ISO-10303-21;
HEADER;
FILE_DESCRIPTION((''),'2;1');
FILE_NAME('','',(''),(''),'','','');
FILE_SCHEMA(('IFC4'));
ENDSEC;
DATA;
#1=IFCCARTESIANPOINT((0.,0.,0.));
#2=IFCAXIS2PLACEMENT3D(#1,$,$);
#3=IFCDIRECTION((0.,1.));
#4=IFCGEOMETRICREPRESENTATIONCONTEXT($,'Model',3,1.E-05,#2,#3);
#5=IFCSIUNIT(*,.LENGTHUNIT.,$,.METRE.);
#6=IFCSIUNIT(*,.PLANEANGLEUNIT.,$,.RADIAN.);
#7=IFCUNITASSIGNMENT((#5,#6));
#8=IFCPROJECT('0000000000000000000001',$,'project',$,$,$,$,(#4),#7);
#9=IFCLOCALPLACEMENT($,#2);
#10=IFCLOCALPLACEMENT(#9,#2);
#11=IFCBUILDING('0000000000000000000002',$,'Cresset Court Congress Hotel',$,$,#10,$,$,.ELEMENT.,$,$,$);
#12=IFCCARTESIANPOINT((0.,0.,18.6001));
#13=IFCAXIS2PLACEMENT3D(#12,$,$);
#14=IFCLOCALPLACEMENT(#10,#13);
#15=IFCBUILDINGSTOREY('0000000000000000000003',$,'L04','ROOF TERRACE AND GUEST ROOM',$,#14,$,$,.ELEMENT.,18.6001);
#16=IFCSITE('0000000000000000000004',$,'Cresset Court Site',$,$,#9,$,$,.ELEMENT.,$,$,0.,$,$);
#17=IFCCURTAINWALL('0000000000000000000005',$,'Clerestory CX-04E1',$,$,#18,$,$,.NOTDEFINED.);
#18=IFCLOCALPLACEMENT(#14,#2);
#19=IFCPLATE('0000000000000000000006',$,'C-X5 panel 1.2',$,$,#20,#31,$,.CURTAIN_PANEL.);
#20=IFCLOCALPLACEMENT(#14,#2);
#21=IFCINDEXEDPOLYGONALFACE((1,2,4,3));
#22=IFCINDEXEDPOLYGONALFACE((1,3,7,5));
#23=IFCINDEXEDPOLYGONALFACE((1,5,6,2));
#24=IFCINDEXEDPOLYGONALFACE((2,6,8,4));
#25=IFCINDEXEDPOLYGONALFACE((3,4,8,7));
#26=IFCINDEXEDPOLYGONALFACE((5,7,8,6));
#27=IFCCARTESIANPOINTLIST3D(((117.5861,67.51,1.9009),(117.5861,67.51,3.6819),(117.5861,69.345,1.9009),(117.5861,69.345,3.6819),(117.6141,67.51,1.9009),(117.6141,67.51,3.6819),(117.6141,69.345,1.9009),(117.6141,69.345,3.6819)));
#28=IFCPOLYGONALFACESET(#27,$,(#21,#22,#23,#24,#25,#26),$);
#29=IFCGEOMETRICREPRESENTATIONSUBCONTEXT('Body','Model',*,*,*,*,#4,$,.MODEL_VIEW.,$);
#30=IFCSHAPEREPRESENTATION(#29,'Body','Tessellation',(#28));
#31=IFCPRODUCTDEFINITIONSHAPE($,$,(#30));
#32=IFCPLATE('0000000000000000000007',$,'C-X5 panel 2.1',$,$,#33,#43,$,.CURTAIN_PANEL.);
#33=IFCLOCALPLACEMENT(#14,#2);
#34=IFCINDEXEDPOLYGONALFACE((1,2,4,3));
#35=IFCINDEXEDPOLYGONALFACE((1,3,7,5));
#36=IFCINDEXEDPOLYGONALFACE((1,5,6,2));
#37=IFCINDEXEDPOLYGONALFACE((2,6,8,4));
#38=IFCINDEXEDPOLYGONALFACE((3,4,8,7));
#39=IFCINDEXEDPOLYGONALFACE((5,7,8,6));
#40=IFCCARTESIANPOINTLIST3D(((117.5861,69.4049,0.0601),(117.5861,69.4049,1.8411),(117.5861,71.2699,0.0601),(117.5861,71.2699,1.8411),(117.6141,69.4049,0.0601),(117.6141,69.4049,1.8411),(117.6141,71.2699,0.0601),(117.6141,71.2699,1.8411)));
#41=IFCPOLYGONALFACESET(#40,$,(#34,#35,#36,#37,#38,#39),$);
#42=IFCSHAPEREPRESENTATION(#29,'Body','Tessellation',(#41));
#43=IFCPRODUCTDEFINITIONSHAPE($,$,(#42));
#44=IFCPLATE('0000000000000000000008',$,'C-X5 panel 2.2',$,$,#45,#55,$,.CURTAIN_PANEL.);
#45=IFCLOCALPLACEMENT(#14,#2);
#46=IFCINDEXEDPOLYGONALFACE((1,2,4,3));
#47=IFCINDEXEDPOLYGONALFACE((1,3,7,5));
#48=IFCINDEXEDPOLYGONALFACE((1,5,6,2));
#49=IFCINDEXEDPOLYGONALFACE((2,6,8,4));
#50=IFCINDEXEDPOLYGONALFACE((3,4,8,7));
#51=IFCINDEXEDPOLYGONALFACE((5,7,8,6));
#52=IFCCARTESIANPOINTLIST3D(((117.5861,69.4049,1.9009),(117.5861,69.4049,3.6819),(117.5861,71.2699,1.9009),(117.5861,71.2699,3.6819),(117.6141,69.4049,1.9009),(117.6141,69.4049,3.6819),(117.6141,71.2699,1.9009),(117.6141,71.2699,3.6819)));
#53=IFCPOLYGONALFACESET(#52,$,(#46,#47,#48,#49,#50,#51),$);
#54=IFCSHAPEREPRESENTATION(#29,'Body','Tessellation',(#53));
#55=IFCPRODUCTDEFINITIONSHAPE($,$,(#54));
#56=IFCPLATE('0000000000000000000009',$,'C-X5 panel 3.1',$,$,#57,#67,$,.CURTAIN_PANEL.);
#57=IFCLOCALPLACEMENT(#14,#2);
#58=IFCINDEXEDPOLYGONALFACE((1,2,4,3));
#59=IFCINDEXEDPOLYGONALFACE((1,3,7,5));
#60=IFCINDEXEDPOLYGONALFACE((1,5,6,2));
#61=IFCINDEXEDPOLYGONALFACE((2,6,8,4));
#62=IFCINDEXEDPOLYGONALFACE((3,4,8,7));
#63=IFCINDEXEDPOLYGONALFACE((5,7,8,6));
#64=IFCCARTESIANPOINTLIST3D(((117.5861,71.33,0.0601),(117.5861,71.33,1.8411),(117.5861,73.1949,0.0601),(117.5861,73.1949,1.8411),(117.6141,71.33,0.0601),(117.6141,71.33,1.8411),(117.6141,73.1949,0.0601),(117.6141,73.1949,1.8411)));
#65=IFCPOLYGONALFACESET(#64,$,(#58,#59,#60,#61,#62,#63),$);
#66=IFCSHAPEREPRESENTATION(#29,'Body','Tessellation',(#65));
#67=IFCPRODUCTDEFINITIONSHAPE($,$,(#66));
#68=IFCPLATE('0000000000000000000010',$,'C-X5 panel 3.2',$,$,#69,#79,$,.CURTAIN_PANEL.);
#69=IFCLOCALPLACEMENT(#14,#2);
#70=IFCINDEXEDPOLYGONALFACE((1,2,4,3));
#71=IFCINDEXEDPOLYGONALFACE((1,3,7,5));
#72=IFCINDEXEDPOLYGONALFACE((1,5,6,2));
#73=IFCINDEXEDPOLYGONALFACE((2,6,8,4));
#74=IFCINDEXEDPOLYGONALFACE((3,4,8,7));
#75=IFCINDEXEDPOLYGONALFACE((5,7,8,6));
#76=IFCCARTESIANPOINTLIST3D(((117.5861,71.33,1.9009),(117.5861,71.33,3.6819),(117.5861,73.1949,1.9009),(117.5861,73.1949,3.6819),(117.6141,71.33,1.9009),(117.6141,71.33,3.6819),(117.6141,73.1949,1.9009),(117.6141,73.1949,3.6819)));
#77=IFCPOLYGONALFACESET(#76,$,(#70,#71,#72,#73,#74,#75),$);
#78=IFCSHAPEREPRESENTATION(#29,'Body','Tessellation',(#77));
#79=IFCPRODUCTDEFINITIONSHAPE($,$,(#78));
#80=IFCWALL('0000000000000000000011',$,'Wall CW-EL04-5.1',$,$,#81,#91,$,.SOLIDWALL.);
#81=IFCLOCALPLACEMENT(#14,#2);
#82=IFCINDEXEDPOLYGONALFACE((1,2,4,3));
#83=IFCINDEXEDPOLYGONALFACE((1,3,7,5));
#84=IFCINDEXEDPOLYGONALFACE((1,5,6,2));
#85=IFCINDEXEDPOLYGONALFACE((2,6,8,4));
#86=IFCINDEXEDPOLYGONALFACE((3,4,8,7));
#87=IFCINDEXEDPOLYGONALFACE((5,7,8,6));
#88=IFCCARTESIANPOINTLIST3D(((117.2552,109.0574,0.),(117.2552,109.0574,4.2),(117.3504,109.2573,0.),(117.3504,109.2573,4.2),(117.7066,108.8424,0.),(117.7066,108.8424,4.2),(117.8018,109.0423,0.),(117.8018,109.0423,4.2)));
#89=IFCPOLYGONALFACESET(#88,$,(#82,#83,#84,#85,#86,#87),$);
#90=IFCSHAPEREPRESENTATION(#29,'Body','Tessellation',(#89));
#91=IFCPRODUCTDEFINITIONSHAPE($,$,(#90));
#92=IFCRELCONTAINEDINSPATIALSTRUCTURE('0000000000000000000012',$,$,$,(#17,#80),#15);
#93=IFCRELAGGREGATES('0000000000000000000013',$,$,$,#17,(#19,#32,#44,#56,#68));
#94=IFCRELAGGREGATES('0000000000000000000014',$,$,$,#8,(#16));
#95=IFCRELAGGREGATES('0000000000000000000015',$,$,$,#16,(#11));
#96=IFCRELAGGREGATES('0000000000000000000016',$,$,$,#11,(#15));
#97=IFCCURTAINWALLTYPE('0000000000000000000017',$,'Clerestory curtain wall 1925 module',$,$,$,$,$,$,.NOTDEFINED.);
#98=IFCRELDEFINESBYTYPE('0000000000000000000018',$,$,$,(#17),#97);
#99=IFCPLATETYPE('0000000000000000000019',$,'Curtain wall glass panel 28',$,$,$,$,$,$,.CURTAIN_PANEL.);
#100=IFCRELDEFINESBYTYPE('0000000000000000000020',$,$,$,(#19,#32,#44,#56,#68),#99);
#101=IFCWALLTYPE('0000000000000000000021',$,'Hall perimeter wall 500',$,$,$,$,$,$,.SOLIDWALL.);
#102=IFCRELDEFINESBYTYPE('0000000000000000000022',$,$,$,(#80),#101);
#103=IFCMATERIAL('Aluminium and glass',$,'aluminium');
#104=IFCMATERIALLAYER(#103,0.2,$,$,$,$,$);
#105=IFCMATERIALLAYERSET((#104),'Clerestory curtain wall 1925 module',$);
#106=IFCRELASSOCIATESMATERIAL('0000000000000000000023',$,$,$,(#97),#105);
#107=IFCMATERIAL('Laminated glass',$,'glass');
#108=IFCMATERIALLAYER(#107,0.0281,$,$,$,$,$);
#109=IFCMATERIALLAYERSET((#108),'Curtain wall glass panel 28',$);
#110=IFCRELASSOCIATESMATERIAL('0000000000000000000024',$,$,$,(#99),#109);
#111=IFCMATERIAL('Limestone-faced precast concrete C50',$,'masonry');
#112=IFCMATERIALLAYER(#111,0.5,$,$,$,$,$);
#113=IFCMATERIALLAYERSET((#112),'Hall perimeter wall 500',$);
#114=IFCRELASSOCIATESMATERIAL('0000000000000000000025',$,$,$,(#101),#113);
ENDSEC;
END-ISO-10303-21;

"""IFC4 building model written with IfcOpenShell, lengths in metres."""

from ifc_helpers import new_model, si_unit, direction, frame, frame_2d, origin, origin_2d, place, context, subcontext, project, spatial, rectangle, extrude, material, layer, layer_set, type_object, element, aggregate, save


model = new_model("IFC4")

# Units and contexts
model_context = context("Model", 3, precision=1e-05, world=origin(), true_north=direction((0.0, 1.0)))
body_context = subcontext(model_context, "Body", "Model", "MODEL_VIEW")
ifc_project = project(units=[si_unit("LENGTHUNIT", "METRE"), si_unit("PLANEANGLEUNIT", "RADIAN")], contexts=[model_context])

# Site, building, storey
site_placement = place(None, origin())
site = spatial("IfcSite", under=ifc_project, at=site_placement, Name="Cresset Court Site", CompositionType="ELEMENT", RefElevation=0.0)
building_placement = place(site_placement, origin())
building = spatial("IfcBuilding", under=site, at=building_placement, Name="Cresset Court Congress Hotel", CompositionType="ELEMENT")
storey_placement = place(building_placement, frame((0.0, 0.0, 18.6001)))
storey = spatial("IfcBuildingStorey", under=building, at=storey_placement, Name="L04", Description="ROOF TERRACE AND GUEST ROOM", CompositionType="ELEMENT", Elevation=18.6001)

# Curtain wall
ifc_material_1 = material(Name="Aluminium and glass", Category="aluminium")
ifc_layer_1 = layer(ifc_material_1, 0.2)
ifc_layer_set_1 = layer_set([ifc_layer_1], Name="Clerestory curtain wall 1925 module")
curtain_wall_type = type_object("IfcCurtainWallType", Name="Clerestory curtain wall 1925 module", PredefinedType="NOTDEFINED", material=ifc_layer_set_1)
curtain_wall_1_placement = place(storey_placement, origin())
curtain_wall_1 = element("IfcCurtainWall", 1, at=curtain_wall_1_placement, inside=storey, type_object=curtain_wall_type, Name="Clerestory CX-04E1", PredefinedType="NOTDEFINED")

# Plates
ifc_material_2 = material(Name="Laminated glass", Category="glass")
ifc_layer_2 = layer(ifc_material_2, 0.0281)
ifc_layer_set_2 = layer_set([ifc_layer_2], Name="Curtain wall glass panel 28")
plate_type = type_object("IfcPlateType", Name="Curtain wall glass panel 28", PredefinedType="CURTAIN_PANEL", material=ifc_layer_set_2)
plate_1_placement = place(storey_placement, frame((117.6001, 68.4275, 1.9009), z_axis=(0.0, 0.0, 1.0), x_axis=(0.0, 1.0, 0.0)))
plate_1 = element("IfcPlate", 2, at=plate_1_placement, type_object=plate_type, Name="C-X5 panel 1.2", PredefinedType="CURTAIN_PANEL", context=body_context, shape_type="SweptSolid", body=[
    extrude(rectangle(XDim=1.835, YDim=0.0281, at=origin_2d()), origin(), (0.0, 0.0, 1.0), 1.781),
])
plate_2_placement = place(storey_placement, frame((117.6001, 70.3374, 0.0601), z_axis=(0.0, 0.0, 1.0), x_axis=(0.0, 1.0, 0.0)))
plate_2 = element("IfcPlate", 3, at=plate_2_placement, type_object=plate_type, Name="C-X5 panel 2.1", PredefinedType="CURTAIN_PANEL", context=body_context, shape_type="SweptSolid", body=[
    extrude(rectangle(XDim=1.865, YDim=0.0281, at=origin_2d()), origin(), (0.0, 0.0, 1.0), 1.781),
])
plate_3_placement = place(storey_placement, frame((117.6001, 70.3374, 1.9009), z_axis=(0.0, 0.0, 1.0), x_axis=(0.0, 1.0, 0.0)))
plate_3 = element("IfcPlate", 4, at=plate_3_placement, type_object=plate_type, Name="C-X5 panel 2.2", PredefinedType="CURTAIN_PANEL", context=body_context, shape_type="SweptSolid", body=[
    extrude(rectangle(XDim=1.865, YDim=0.0281, at=origin_2d()), origin(), (0.0, 0.0, 1.0), 1.781),
])
plate_4_placement = place(storey_placement, frame((117.6001, 72.2625, 0.0601), z_axis=(0.0, 0.0, 1.0), x_axis=(0.0, 1.0, 0.0)))
plate_4 = element("IfcPlate", 5, at=plate_4_placement, type_object=plate_type, Name="C-X5 panel 3.1", PredefinedType="CURTAIN_PANEL", context=body_context, shape_type="SweptSolid", body=[
    extrude(rectangle(XDim=1.865, YDim=0.0281, at=origin_2d()), origin(), (0.0, 0.0, 1.0), 1.781),
])
plate_5_placement = place(storey_placement, frame((117.6001, 72.2625, 1.9009), z_axis=(0.0, 0.0, 1.0), x_axis=(0.0, 1.0, 0.0)))
plate_5 = element("IfcPlate", 6, at=plate_5_placement, type_object=plate_type, Name="C-X5 panel 3.2", PredefinedType="CURTAIN_PANEL", context=body_context, shape_type="SweptSolid", body=[
    extrude(rectangle(XDim=1.865, YDim=0.0281, at=origin_2d()), origin(), (0.0, 0.0, 1.0), 1.781),
])
aggregate(curtain_wall_1, [plate_1, plate_2, plate_3, plate_4, plate_5])

# Wall
ifc_material_3 = material(Name="Limestone-faced precast concrete C50", Category="masonry")
ifc_layer_3 = layer(ifc_material_3, 0.5)
ifc_layer_set_3 = layer_set([ifc_layer_3], Name="Hall perimeter wall 500")
wall_type = type_object("IfcWallType", Name="Hall perimeter wall 500", PredefinedType="SOLIDWALL", material=ifc_layer_set_3)
wall_placement = place(storey_placement, frame((117.5762, 109.1499, 0.0), z_axis=(0.0, 0.0, 1.0), x_axis=(-0.429934, -0.902861, 0.0)))
element("IfcWall", 7, at=wall_placement, inside=storey, type_object=wall_type, Name="Wall CW-EL04-5.1", PredefinedType="SOLIDWALL", context=body_context, shape_type="SweptSolid", body=[
    extrude(rectangle(XDim=0.2214, YDim=0.5, at=frame_2d((0.1108, 0.0))), origin(), (0.0, 0.0, 1.0), 4.2),
])

save(model, "model.ifc")
